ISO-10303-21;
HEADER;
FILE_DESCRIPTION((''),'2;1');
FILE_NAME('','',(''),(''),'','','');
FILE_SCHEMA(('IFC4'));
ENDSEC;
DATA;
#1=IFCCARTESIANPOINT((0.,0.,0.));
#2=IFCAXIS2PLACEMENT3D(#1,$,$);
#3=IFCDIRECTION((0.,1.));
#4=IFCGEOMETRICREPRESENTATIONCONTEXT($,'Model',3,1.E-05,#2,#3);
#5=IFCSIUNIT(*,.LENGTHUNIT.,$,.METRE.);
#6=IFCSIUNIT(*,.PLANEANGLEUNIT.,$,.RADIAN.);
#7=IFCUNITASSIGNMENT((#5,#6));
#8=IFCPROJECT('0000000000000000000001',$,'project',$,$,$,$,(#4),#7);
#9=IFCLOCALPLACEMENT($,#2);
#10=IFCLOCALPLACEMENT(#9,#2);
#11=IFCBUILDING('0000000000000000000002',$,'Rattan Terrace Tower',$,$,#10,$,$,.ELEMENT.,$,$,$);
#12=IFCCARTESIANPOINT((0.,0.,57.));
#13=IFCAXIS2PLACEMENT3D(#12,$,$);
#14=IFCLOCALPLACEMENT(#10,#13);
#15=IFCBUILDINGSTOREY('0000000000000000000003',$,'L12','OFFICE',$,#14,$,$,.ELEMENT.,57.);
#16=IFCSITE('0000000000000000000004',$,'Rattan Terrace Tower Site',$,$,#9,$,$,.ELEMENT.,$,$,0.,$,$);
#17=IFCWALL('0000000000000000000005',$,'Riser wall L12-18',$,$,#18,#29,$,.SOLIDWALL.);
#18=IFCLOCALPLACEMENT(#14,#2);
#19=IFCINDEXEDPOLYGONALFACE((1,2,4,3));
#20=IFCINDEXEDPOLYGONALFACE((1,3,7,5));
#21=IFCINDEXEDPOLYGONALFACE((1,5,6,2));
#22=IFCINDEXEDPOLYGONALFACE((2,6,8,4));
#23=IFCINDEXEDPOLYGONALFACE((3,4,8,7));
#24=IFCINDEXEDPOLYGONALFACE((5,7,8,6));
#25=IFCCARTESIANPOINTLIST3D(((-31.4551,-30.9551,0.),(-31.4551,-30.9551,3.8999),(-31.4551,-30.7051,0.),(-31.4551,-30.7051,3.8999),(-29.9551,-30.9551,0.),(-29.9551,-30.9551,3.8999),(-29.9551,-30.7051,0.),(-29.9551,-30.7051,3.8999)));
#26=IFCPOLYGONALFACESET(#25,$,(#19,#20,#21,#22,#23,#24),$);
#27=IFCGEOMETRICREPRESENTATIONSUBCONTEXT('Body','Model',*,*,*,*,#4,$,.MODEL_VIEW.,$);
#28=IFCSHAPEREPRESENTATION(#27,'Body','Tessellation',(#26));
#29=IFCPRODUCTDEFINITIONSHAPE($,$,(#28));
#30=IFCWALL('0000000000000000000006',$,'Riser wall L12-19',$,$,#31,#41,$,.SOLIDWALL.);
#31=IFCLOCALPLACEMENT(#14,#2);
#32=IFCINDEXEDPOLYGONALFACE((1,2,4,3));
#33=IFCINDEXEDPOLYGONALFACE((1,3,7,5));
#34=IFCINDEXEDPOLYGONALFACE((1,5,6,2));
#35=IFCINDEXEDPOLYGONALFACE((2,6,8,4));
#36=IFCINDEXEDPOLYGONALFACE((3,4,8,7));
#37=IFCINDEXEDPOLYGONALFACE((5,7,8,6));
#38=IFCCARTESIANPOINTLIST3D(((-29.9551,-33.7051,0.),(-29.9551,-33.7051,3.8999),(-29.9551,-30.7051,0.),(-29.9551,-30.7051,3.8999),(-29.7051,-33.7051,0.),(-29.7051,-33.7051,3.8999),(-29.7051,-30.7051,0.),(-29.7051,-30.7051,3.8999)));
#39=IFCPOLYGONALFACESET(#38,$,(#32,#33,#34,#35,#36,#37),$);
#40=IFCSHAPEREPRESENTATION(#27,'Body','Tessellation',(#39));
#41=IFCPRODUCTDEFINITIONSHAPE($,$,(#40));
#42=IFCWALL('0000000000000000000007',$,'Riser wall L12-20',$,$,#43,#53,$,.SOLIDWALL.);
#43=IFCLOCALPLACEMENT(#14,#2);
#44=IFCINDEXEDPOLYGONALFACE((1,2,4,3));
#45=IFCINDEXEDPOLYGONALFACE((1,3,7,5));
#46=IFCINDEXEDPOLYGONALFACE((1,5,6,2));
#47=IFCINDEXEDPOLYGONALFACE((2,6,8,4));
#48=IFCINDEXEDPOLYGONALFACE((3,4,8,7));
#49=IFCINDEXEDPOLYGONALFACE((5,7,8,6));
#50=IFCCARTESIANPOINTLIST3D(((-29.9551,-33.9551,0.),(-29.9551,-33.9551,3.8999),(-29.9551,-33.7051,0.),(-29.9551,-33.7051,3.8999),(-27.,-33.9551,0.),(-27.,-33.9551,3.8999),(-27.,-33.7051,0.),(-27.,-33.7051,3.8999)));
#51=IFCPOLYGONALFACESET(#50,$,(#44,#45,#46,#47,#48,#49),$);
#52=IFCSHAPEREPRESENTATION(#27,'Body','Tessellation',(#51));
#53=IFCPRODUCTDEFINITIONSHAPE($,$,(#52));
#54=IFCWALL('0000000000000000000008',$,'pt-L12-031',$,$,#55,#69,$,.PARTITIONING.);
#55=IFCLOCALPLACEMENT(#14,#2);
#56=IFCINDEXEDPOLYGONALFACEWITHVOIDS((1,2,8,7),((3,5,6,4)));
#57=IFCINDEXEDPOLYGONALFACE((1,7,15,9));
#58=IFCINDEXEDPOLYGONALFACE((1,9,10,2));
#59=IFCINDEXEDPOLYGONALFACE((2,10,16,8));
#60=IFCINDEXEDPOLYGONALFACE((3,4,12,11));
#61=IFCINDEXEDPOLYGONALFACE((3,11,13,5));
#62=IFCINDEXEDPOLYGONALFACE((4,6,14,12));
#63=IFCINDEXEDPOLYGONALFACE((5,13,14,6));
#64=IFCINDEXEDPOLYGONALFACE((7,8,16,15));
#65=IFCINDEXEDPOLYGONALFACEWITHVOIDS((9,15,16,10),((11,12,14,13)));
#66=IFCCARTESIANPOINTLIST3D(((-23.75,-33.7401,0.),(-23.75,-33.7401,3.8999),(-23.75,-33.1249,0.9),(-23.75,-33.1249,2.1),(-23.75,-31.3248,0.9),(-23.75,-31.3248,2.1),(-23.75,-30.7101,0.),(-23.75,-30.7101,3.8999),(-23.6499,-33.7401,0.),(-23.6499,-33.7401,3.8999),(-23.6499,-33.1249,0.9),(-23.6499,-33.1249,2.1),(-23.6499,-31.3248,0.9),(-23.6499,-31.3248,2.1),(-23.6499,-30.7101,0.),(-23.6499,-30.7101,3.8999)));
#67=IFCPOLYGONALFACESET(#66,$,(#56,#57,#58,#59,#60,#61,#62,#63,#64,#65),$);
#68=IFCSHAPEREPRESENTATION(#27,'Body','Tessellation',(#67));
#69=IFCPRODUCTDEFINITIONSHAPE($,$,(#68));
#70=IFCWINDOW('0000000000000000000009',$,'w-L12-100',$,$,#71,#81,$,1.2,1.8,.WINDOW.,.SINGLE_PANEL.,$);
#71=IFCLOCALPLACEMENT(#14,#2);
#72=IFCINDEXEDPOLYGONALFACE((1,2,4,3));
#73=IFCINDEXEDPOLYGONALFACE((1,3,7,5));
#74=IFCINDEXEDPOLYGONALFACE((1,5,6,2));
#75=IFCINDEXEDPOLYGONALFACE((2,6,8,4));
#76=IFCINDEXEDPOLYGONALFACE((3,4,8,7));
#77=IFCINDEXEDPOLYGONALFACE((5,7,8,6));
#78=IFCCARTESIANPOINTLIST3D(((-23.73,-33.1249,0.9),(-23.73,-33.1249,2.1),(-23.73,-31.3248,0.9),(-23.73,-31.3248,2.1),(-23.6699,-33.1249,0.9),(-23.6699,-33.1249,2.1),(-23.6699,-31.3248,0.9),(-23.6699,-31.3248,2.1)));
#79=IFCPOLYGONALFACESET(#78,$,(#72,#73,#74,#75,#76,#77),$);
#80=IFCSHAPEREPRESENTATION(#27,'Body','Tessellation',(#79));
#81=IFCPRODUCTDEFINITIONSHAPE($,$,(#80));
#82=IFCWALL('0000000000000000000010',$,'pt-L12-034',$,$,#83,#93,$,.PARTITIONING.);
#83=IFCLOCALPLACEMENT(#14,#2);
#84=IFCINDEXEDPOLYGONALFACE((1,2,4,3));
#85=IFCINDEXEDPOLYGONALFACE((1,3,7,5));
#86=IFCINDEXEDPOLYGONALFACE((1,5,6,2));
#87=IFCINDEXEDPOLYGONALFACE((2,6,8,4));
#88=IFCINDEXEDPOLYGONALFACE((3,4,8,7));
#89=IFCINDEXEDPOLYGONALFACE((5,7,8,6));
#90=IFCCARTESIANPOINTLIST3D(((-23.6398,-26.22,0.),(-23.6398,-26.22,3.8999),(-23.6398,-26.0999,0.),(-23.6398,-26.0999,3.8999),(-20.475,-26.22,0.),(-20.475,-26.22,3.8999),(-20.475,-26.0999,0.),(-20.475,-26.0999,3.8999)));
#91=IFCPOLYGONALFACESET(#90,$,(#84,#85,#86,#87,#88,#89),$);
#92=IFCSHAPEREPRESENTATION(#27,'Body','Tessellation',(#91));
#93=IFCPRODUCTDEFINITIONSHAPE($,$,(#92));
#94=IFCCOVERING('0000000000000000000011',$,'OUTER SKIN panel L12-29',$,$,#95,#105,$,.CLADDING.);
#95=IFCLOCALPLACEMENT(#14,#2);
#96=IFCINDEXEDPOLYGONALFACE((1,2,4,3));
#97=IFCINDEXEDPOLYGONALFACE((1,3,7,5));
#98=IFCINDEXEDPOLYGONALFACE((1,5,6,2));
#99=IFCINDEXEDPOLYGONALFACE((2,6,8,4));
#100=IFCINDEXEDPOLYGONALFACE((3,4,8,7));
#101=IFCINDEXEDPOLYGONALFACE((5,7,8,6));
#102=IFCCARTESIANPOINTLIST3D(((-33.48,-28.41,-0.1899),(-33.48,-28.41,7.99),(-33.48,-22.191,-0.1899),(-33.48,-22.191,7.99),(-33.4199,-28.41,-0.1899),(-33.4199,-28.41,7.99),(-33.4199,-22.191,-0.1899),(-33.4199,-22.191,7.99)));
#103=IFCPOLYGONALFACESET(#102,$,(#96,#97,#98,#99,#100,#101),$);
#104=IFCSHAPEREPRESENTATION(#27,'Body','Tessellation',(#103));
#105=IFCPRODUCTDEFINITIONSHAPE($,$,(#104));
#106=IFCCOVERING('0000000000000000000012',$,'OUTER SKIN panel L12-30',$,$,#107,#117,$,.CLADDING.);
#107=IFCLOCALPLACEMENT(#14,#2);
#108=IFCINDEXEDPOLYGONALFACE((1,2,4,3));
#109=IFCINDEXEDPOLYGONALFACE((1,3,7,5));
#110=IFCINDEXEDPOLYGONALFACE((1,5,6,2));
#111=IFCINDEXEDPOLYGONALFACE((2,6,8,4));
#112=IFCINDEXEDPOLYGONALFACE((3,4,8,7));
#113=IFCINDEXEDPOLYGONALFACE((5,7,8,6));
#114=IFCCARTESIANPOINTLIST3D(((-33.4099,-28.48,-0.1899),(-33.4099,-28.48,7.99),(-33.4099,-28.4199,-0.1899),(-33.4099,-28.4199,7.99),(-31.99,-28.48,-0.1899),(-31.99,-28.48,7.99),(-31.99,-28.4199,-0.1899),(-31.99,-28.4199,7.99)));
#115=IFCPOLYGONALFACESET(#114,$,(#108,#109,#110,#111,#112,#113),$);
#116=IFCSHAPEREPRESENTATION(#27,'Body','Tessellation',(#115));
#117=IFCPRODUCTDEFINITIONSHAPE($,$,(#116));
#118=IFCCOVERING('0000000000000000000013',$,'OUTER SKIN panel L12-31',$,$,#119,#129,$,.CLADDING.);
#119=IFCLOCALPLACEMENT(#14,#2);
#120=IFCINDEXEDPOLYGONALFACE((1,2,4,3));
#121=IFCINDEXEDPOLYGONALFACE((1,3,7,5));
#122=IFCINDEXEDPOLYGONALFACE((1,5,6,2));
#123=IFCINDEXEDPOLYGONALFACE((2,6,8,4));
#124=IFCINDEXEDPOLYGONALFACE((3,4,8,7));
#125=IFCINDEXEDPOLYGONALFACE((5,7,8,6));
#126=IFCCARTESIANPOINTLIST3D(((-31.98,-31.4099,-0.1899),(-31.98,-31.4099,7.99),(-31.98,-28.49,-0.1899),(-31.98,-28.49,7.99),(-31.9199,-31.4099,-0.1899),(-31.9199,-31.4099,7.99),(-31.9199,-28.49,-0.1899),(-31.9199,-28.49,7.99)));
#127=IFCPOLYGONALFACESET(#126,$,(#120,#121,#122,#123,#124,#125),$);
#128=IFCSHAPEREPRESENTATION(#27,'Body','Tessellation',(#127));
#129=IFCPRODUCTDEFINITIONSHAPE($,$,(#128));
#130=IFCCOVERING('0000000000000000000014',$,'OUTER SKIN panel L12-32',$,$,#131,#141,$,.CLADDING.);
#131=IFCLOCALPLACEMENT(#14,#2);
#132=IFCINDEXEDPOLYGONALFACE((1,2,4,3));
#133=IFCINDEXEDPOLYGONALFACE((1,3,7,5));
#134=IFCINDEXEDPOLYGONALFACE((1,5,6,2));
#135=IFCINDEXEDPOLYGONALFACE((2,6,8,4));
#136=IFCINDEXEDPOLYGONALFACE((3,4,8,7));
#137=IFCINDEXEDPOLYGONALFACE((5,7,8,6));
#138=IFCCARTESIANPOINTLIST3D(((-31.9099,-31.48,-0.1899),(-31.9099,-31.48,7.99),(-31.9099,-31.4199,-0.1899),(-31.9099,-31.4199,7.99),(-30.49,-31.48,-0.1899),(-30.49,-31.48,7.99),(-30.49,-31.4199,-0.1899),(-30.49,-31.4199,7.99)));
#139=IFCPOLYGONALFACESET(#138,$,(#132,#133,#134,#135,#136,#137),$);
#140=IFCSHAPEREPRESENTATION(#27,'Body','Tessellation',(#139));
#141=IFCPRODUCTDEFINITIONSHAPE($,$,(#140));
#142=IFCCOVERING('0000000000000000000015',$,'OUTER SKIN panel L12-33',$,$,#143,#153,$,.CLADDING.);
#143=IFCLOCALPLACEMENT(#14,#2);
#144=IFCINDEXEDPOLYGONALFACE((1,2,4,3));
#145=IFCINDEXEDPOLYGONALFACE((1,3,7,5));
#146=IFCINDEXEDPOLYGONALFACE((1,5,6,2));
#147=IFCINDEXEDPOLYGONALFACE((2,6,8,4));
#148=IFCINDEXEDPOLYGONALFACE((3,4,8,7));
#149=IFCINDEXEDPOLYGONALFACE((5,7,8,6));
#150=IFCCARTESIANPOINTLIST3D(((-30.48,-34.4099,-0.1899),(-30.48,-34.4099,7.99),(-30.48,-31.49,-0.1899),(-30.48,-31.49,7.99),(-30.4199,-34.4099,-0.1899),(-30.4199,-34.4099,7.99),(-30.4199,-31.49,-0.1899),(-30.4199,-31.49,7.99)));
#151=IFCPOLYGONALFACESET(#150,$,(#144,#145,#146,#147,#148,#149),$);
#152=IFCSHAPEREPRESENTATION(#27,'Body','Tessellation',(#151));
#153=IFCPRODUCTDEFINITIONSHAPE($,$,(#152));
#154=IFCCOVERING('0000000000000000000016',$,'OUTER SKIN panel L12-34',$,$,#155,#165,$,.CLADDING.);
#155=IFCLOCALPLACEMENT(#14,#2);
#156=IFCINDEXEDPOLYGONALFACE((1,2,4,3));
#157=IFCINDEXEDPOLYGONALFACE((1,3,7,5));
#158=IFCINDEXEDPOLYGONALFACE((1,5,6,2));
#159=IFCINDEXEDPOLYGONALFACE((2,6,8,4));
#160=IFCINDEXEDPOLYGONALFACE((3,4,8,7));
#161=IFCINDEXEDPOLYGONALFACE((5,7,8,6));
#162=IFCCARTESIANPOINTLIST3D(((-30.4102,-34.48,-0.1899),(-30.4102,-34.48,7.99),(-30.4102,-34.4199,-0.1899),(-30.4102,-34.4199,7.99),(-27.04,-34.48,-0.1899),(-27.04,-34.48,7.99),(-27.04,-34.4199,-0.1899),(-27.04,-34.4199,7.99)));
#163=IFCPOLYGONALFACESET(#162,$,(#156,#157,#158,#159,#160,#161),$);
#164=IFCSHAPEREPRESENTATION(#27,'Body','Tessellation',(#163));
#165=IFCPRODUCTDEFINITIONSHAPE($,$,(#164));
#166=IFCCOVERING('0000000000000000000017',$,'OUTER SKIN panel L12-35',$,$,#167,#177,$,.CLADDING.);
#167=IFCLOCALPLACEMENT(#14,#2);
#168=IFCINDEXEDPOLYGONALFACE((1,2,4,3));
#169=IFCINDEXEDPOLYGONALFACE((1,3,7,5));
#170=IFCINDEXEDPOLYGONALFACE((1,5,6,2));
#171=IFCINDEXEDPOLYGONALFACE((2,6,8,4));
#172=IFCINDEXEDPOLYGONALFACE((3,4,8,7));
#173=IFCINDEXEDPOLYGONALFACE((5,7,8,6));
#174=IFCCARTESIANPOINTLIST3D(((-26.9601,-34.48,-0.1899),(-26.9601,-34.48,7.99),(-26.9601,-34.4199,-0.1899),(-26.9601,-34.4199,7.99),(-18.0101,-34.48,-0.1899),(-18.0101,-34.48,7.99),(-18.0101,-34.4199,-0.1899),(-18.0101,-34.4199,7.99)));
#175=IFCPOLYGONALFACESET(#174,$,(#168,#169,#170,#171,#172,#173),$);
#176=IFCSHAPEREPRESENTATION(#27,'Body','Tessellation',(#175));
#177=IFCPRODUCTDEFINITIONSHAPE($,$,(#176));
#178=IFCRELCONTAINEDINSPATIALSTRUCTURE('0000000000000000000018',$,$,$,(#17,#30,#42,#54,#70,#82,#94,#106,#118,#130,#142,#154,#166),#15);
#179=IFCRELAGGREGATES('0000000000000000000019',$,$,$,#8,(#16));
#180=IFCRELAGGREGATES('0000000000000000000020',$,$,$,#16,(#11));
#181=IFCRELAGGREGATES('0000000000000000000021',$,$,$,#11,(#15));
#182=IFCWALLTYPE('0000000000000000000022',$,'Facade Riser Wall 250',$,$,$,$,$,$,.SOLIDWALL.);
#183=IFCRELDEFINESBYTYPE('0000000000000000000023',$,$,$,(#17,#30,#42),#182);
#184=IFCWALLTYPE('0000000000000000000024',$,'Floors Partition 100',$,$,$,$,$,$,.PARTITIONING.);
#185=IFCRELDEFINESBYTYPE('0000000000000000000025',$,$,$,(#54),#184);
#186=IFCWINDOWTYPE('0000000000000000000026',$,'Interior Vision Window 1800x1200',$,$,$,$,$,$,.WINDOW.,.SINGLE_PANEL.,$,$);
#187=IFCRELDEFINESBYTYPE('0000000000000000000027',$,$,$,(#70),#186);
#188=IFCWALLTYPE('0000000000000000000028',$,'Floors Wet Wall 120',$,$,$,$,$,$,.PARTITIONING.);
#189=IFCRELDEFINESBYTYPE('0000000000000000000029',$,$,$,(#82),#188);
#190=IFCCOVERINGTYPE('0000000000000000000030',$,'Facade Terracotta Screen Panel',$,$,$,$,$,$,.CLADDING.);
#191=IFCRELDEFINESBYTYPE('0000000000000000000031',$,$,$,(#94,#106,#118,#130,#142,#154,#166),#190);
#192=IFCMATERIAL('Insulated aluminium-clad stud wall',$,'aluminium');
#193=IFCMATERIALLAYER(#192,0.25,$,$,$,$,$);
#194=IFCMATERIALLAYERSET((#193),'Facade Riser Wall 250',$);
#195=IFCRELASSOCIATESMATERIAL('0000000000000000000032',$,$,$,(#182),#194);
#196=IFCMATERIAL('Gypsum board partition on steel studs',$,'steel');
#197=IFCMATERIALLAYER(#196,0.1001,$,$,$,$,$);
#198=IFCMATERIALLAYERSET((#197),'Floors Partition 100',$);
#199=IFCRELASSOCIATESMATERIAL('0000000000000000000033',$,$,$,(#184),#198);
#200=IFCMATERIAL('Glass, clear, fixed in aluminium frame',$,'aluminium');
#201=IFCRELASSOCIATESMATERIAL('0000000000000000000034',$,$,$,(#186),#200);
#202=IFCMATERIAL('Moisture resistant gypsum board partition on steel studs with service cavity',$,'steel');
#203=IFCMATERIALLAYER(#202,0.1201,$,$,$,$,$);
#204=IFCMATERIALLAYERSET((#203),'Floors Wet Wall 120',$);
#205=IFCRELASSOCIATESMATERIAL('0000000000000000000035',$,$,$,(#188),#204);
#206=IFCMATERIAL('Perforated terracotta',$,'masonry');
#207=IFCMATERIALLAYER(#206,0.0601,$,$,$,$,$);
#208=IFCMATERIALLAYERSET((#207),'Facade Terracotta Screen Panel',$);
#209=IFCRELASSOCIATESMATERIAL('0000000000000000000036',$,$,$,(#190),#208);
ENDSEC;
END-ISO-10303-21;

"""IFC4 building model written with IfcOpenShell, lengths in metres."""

from ifc_helpers import new_model, si_unit, direction, frame, frame_2d, origin, origin_2d, place, context, subcontext, project, spatial, rectangle, extrude, material, layer, layer_set, type_object, element, fill, save


model = new_model("IFC4")

# Units and contexts
model_context = context("Model", 3, precision=1e-05, world=origin(), true_north=direction((0.0, 1.0)))
body_context = subcontext(model_context, "Body", "Model", "MODEL_VIEW")
ifc_project = project(units=[si_unit("LENGTHUNIT", "METRE"), si_unit("PLANEANGLEUNIT", "RADIAN")], contexts=[model_context])

# Site, building, storey
site_placement = place(None, origin())
site = spatial("IfcSite", under=ifc_project, at=site_placement, Name="Rattan Terrace Tower Site", CompositionType="ELEMENT", RefElevation=0.0)
building_placement = place(site_placement, origin())
building = spatial("IfcBuilding", under=site, at=building_placement, Name="Rattan Terrace Tower", CompositionType="ELEMENT")
storey_placement = place(building_placement, frame((0.0, 0.0, 57.0)))
storey = spatial("IfcBuildingStorey", under=building, at=storey_placement, Name="L12", Description="OFFICE", CompositionType="ELEMENT", Elevation=57.0)

# Walls
ifc_material_1 = material(Name="Insulated aluminium-clad stud wall", Category="aluminium")
ifc_layer_1 = layer(ifc_material_1, 0.25)
ifc_layer_set_1 = layer_set([ifc_layer_1], Name="Facade Riser Wall 250")
wall_type_1 = type_object("IfcWallType", Name="Facade Riser Wall 250", PredefinedType="SOLIDWALL", material=ifc_layer_set_1)
wall_1_placement = place(storey_placement, frame((-31.4551, -30.8301, 0.0), z_axis=(0.0, 0.0, 1.0), x_axis=(1.0, 0.0, 0.0)))
element("IfcWall", 1, at=wall_1_placement, inside=storey, type_object=wall_type_1, Name="Riser wall L12-18", PredefinedType="SOLIDWALL", context=body_context, shape_type="SweptSolid", body=[
    extrude(rectangle(XDim=1.5, YDim=0.25, at=frame_2d((0.75, 0.0))), origin(), (0.0, 0.0, 1.0), 3.8999),
])
wall_2_placement = place(storey_placement, frame((-29.8301, -30.7051, 0.0), z_axis=(0.0, 0.0, 1.0), x_axis=(0.0, -1.0, 0.0)))
element("IfcWall", 2, at=wall_2_placement, inside=storey, type_object=wall_type_1, Name="Riser wall L12-19", PredefinedType="SOLIDWALL", context=body_context, shape_type="SweptSolid", body=[
    extrude(rectangle(XDim=3.0, YDim=0.25, at=frame_2d((1.5, 0.0))), origin(), (0.0, 0.0, 1.0), 3.8999),
])
wall_3_placement = place(storey_placement, frame((-29.9551, -33.8301, 0.0), z_axis=(0.0, 0.0, 1.0), x_axis=(1.0, 0.0, 0.0)))
element("IfcWall", 3, at=wall_3_placement, inside=storey, type_object=wall_type_1, Name="Riser wall L12-20", PredefinedType="SOLIDWALL", context=body_context, shape_type="SweptSolid", body=[
    extrude(rectangle(XDim=2.9551, YDim=0.25, at=frame_2d((1.4775, 0.0))), origin(), (0.0, 0.0, 1.0), 3.8999),
])

# Wall, opening, window
ifc_material_2 = material(Name="Gypsum board partition on steel studs", Category="steel")
ifc_layer_2 = layer(ifc_material_2, 0.1001)
ifc_layer_set_2 = layer_set([ifc_layer_2], Name="Floors Partition 100")
wall_type_2 = type_object("IfcWallType", Name="Floors Partition 100", PredefinedType="PARTITIONING", material=ifc_layer_set_2)
wall_4_placement = place(storey_placement, frame((-23.7, -30.71, 0.0), z_axis=(0.0, 0.0, 1.0), x_axis=(0.0, -1.0, 0.0)))
wall_4 = element("IfcWall", 4, at=wall_4_placement, inside=storey, type_object=wall_type_2, Name="pt-L12-031", PredefinedType="PARTITIONING", context=body_context, shape_type="SweptSolid", body=[
    extrude(rectangle(XDim=3.03, YDim=0.1001, at=frame_2d((1.5151, 0.0))), origin(), (0.0, 0.0, 1.0), 3.8999),
])
opening_placement = place(wall_4_placement, frame((0.615, 0.0, 0.8999)))
opening = element("IfcOpeningElement", 5, at=opening_placement, cuts=wall_4, PredefinedType="OPENING", context=body_context, shape_type="SweptSolid", body=[
    extrude(rectangle(XDim=1.8, YDim=1.2, at=frame_2d((0.8999, 0.6001))), frame((0.0, 0.0605, 0.0), z_axis=(0.0, -1.0, 0.0), x_axis=(1.0, 0.0, 0.0)), (0.0, 0.0, 1.0), 0.1211),
])
ifc_material_3 = material(Name="Glass, clear, fixed in aluminium frame", Category="aluminium")
window_type = type_object("IfcWindowType", Name="Interior Vision Window 1800x1200", PartitioningType="SINGLE_PANEL", PredefinedType="WINDOW", material=ifc_material_3)
window_placement = place(opening_placement, origin())
window = element("IfcWindow", 6, at=window_placement, inside=storey, type_object=window_type, Name="w-L12-100", OverallHeight=1.2, OverallWidth=1.8, PartitioningType="SINGLE_PANEL", PredefinedType="WINDOW", context=body_context, shape_type="SweptSolid", body=[
    extrude(rectangle(XDim=1.8, YDim=1.2, at=frame_2d((0.8999, 0.6001))), frame((0.0, 0.03, 0.0), z_axis=(0.0, -1.0, 0.0), x_axis=(1.0, 0.0, 0.0)), (0.0, 0.0, 1.0), 0.0601),
])
fill(opening, window)

# Wall
ifc_material_4 = material(Name="Moisture resistant gypsum board partition on steel studs with service cavity", Category="steel")
ifc_layer_3 = layer(ifc_material_4, 0.1201)
ifc_layer_set_3 = layer_set([ifc_layer_3], Name="Floors Wet Wall 120")
wall_type_3 = type_object("IfcWallType", Name="Floors Wet Wall 120", PredefinedType="PARTITIONING", material=ifc_layer_set_3)
wall_5_placement = place(storey_placement, frame((-23.6399, -26.1599, 0.0), z_axis=(0.0, 0.0, 1.0), x_axis=(1.0, 0.0, 0.0)))
element("IfcWall", 7, at=wall_5_placement, inside=storey, type_object=wall_type_3, Name="pt-L12-034", PredefinedType="PARTITIONING", context=body_context, shape_type="SweptSolid", body=[
    extrude(rectangle(XDim=3.1648, YDim=0.1201, at=frame_2d((1.5825, 0.0))), origin(), (0.0, 0.0, 1.0), 3.8999),
])

# Coverings
ifc_material_5 = material(Name="Perforated terracotta", Category="masonry")
ifc_layer_4 = layer(ifc_material_5, 0.0601)
ifc_layer_set_4 = layer_set([ifc_layer_4], Name="Facade Terracotta Screen Panel")
covering_type = type_object("IfcCoveringType", Name="Facade Terracotta Screen Panel", PredefinedType="CLADDING", material=ifc_layer_set_4)
covering_1_placement = place(storey_placement, frame((-33.45, -25.3005, -0.1899), z_axis=(0.0, 0.0, 1.0), x_axis=(0.0, -1.0, 0.0)))
element("IfcCovering", 8, at=covering_1_placement, inside=storey, type_object=covering_type, Name="OUTER SKIN panel L12-29", PredefinedType="CLADDING", context=body_context, shape_type="SweptSolid", body=[
    extrude(rectangle(XDim=6.219, YDim=0.0601, at=origin_2d()), origin(), (0.0, 0.0, 1.0), 8.1799),
])
covering_2_placement = place(storey_placement, frame((-32.7, -28.45, -0.1899), z_axis=(0.0, 0.0, 1.0), x_axis=(1.0, 0.0, 0.0)))
element("IfcCovering", 9, at=covering_2_placement, inside=storey, type_object=covering_type, Name="OUTER SKIN panel L12-30", PredefinedType="CLADDING", context=body_context, shape_type="SweptSolid", body=[
    extrude(rectangle(XDim=1.4199, YDim=0.0601, at=origin_2d()), origin(), (0.0, 0.0, 1.0), 8.1799),
])
covering_3_placement = place(storey_placement, frame((-31.95, -29.95, -0.1899), z_axis=(0.0, 0.0, 1.0), x_axis=(0.0, -1.0, 0.0)))
element("IfcCovering", 10, at=covering_3_placement, inside=storey, type_object=covering_type, Name="OUTER SKIN panel L12-31", PredefinedType="CLADDING", context=body_context, shape_type="SweptSolid", body=[
    extrude(rectangle(XDim=2.9199, YDim=0.0601, at=origin_2d()), origin(), (0.0, 0.0, 1.0), 8.1799),
])
covering_4_placement = place(storey_placement, frame((-31.2, -31.45, -0.1899), z_axis=(0.0, 0.0, 1.0), x_axis=(1.0, 0.0, 0.0)))
element("IfcCovering", 11, at=covering_4_placement, inside=storey, type_object=covering_type, Name="OUTER SKIN panel L12-32", PredefinedType="CLADDING", context=body_context, shape_type="SweptSolid", body=[
    extrude(rectangle(XDim=1.4199, YDim=0.0601, at=origin_2d()), origin(), (0.0, 0.0, 1.0), 8.1799),
])
covering_5_placement = place(storey_placement, frame((-30.45, -32.95, -0.1899), z_axis=(0.0, 0.0, 1.0), x_axis=(0.0, -1.0, 0.0)))
element("IfcCovering", 12, at=covering_5_placement, inside=storey, type_object=covering_type, Name="OUTER SKIN panel L12-33", PredefinedType="CLADDING", context=body_context, shape_type="SweptSolid", body=[
    extrude(rectangle(XDim=2.9199, YDim=0.0601, at=origin_2d()), origin(), (0.0, 0.0, 1.0), 8.1799),
])
covering_6_placement = place(storey_placement, frame((-28.7251, -34.45, -0.1899), z_axis=(0.0, 0.0, 1.0), x_axis=(1.0, 0.0, 0.0)))
element("IfcCovering", 13, at=covering_6_placement, inside=storey, type_object=covering_type, Name="OUTER SKIN panel L12-34", PredefinedType="CLADDING", context=body_context, shape_type="SweptSolid", body=[
    extrude(rectangle(XDim=3.3701, YDim=0.0601, at=origin_2d()), origin(), (0.0, 0.0, 1.0), 8.1799),
])
covering_7_placement = place(storey_placement, frame((-22.4851, -34.45, -0.1899), z_axis=(0.0, 0.0, 1.0), x_axis=(1.0, 0.0, 0.0)))
element("IfcCovering", 14, at=covering_7_placement, inside=storey, type_object=covering_type, Name="OUTER SKIN panel L12-35", PredefinedType="CLADDING", context=body_context, shape_type="SweptSolid", body=[
    extrude(rectangle(XDim=8.95, YDim=0.0601, at=origin_2d()), origin(), (0.0, 0.0, 1.0), 8.1799),
])

save(model, "model.ifc")
